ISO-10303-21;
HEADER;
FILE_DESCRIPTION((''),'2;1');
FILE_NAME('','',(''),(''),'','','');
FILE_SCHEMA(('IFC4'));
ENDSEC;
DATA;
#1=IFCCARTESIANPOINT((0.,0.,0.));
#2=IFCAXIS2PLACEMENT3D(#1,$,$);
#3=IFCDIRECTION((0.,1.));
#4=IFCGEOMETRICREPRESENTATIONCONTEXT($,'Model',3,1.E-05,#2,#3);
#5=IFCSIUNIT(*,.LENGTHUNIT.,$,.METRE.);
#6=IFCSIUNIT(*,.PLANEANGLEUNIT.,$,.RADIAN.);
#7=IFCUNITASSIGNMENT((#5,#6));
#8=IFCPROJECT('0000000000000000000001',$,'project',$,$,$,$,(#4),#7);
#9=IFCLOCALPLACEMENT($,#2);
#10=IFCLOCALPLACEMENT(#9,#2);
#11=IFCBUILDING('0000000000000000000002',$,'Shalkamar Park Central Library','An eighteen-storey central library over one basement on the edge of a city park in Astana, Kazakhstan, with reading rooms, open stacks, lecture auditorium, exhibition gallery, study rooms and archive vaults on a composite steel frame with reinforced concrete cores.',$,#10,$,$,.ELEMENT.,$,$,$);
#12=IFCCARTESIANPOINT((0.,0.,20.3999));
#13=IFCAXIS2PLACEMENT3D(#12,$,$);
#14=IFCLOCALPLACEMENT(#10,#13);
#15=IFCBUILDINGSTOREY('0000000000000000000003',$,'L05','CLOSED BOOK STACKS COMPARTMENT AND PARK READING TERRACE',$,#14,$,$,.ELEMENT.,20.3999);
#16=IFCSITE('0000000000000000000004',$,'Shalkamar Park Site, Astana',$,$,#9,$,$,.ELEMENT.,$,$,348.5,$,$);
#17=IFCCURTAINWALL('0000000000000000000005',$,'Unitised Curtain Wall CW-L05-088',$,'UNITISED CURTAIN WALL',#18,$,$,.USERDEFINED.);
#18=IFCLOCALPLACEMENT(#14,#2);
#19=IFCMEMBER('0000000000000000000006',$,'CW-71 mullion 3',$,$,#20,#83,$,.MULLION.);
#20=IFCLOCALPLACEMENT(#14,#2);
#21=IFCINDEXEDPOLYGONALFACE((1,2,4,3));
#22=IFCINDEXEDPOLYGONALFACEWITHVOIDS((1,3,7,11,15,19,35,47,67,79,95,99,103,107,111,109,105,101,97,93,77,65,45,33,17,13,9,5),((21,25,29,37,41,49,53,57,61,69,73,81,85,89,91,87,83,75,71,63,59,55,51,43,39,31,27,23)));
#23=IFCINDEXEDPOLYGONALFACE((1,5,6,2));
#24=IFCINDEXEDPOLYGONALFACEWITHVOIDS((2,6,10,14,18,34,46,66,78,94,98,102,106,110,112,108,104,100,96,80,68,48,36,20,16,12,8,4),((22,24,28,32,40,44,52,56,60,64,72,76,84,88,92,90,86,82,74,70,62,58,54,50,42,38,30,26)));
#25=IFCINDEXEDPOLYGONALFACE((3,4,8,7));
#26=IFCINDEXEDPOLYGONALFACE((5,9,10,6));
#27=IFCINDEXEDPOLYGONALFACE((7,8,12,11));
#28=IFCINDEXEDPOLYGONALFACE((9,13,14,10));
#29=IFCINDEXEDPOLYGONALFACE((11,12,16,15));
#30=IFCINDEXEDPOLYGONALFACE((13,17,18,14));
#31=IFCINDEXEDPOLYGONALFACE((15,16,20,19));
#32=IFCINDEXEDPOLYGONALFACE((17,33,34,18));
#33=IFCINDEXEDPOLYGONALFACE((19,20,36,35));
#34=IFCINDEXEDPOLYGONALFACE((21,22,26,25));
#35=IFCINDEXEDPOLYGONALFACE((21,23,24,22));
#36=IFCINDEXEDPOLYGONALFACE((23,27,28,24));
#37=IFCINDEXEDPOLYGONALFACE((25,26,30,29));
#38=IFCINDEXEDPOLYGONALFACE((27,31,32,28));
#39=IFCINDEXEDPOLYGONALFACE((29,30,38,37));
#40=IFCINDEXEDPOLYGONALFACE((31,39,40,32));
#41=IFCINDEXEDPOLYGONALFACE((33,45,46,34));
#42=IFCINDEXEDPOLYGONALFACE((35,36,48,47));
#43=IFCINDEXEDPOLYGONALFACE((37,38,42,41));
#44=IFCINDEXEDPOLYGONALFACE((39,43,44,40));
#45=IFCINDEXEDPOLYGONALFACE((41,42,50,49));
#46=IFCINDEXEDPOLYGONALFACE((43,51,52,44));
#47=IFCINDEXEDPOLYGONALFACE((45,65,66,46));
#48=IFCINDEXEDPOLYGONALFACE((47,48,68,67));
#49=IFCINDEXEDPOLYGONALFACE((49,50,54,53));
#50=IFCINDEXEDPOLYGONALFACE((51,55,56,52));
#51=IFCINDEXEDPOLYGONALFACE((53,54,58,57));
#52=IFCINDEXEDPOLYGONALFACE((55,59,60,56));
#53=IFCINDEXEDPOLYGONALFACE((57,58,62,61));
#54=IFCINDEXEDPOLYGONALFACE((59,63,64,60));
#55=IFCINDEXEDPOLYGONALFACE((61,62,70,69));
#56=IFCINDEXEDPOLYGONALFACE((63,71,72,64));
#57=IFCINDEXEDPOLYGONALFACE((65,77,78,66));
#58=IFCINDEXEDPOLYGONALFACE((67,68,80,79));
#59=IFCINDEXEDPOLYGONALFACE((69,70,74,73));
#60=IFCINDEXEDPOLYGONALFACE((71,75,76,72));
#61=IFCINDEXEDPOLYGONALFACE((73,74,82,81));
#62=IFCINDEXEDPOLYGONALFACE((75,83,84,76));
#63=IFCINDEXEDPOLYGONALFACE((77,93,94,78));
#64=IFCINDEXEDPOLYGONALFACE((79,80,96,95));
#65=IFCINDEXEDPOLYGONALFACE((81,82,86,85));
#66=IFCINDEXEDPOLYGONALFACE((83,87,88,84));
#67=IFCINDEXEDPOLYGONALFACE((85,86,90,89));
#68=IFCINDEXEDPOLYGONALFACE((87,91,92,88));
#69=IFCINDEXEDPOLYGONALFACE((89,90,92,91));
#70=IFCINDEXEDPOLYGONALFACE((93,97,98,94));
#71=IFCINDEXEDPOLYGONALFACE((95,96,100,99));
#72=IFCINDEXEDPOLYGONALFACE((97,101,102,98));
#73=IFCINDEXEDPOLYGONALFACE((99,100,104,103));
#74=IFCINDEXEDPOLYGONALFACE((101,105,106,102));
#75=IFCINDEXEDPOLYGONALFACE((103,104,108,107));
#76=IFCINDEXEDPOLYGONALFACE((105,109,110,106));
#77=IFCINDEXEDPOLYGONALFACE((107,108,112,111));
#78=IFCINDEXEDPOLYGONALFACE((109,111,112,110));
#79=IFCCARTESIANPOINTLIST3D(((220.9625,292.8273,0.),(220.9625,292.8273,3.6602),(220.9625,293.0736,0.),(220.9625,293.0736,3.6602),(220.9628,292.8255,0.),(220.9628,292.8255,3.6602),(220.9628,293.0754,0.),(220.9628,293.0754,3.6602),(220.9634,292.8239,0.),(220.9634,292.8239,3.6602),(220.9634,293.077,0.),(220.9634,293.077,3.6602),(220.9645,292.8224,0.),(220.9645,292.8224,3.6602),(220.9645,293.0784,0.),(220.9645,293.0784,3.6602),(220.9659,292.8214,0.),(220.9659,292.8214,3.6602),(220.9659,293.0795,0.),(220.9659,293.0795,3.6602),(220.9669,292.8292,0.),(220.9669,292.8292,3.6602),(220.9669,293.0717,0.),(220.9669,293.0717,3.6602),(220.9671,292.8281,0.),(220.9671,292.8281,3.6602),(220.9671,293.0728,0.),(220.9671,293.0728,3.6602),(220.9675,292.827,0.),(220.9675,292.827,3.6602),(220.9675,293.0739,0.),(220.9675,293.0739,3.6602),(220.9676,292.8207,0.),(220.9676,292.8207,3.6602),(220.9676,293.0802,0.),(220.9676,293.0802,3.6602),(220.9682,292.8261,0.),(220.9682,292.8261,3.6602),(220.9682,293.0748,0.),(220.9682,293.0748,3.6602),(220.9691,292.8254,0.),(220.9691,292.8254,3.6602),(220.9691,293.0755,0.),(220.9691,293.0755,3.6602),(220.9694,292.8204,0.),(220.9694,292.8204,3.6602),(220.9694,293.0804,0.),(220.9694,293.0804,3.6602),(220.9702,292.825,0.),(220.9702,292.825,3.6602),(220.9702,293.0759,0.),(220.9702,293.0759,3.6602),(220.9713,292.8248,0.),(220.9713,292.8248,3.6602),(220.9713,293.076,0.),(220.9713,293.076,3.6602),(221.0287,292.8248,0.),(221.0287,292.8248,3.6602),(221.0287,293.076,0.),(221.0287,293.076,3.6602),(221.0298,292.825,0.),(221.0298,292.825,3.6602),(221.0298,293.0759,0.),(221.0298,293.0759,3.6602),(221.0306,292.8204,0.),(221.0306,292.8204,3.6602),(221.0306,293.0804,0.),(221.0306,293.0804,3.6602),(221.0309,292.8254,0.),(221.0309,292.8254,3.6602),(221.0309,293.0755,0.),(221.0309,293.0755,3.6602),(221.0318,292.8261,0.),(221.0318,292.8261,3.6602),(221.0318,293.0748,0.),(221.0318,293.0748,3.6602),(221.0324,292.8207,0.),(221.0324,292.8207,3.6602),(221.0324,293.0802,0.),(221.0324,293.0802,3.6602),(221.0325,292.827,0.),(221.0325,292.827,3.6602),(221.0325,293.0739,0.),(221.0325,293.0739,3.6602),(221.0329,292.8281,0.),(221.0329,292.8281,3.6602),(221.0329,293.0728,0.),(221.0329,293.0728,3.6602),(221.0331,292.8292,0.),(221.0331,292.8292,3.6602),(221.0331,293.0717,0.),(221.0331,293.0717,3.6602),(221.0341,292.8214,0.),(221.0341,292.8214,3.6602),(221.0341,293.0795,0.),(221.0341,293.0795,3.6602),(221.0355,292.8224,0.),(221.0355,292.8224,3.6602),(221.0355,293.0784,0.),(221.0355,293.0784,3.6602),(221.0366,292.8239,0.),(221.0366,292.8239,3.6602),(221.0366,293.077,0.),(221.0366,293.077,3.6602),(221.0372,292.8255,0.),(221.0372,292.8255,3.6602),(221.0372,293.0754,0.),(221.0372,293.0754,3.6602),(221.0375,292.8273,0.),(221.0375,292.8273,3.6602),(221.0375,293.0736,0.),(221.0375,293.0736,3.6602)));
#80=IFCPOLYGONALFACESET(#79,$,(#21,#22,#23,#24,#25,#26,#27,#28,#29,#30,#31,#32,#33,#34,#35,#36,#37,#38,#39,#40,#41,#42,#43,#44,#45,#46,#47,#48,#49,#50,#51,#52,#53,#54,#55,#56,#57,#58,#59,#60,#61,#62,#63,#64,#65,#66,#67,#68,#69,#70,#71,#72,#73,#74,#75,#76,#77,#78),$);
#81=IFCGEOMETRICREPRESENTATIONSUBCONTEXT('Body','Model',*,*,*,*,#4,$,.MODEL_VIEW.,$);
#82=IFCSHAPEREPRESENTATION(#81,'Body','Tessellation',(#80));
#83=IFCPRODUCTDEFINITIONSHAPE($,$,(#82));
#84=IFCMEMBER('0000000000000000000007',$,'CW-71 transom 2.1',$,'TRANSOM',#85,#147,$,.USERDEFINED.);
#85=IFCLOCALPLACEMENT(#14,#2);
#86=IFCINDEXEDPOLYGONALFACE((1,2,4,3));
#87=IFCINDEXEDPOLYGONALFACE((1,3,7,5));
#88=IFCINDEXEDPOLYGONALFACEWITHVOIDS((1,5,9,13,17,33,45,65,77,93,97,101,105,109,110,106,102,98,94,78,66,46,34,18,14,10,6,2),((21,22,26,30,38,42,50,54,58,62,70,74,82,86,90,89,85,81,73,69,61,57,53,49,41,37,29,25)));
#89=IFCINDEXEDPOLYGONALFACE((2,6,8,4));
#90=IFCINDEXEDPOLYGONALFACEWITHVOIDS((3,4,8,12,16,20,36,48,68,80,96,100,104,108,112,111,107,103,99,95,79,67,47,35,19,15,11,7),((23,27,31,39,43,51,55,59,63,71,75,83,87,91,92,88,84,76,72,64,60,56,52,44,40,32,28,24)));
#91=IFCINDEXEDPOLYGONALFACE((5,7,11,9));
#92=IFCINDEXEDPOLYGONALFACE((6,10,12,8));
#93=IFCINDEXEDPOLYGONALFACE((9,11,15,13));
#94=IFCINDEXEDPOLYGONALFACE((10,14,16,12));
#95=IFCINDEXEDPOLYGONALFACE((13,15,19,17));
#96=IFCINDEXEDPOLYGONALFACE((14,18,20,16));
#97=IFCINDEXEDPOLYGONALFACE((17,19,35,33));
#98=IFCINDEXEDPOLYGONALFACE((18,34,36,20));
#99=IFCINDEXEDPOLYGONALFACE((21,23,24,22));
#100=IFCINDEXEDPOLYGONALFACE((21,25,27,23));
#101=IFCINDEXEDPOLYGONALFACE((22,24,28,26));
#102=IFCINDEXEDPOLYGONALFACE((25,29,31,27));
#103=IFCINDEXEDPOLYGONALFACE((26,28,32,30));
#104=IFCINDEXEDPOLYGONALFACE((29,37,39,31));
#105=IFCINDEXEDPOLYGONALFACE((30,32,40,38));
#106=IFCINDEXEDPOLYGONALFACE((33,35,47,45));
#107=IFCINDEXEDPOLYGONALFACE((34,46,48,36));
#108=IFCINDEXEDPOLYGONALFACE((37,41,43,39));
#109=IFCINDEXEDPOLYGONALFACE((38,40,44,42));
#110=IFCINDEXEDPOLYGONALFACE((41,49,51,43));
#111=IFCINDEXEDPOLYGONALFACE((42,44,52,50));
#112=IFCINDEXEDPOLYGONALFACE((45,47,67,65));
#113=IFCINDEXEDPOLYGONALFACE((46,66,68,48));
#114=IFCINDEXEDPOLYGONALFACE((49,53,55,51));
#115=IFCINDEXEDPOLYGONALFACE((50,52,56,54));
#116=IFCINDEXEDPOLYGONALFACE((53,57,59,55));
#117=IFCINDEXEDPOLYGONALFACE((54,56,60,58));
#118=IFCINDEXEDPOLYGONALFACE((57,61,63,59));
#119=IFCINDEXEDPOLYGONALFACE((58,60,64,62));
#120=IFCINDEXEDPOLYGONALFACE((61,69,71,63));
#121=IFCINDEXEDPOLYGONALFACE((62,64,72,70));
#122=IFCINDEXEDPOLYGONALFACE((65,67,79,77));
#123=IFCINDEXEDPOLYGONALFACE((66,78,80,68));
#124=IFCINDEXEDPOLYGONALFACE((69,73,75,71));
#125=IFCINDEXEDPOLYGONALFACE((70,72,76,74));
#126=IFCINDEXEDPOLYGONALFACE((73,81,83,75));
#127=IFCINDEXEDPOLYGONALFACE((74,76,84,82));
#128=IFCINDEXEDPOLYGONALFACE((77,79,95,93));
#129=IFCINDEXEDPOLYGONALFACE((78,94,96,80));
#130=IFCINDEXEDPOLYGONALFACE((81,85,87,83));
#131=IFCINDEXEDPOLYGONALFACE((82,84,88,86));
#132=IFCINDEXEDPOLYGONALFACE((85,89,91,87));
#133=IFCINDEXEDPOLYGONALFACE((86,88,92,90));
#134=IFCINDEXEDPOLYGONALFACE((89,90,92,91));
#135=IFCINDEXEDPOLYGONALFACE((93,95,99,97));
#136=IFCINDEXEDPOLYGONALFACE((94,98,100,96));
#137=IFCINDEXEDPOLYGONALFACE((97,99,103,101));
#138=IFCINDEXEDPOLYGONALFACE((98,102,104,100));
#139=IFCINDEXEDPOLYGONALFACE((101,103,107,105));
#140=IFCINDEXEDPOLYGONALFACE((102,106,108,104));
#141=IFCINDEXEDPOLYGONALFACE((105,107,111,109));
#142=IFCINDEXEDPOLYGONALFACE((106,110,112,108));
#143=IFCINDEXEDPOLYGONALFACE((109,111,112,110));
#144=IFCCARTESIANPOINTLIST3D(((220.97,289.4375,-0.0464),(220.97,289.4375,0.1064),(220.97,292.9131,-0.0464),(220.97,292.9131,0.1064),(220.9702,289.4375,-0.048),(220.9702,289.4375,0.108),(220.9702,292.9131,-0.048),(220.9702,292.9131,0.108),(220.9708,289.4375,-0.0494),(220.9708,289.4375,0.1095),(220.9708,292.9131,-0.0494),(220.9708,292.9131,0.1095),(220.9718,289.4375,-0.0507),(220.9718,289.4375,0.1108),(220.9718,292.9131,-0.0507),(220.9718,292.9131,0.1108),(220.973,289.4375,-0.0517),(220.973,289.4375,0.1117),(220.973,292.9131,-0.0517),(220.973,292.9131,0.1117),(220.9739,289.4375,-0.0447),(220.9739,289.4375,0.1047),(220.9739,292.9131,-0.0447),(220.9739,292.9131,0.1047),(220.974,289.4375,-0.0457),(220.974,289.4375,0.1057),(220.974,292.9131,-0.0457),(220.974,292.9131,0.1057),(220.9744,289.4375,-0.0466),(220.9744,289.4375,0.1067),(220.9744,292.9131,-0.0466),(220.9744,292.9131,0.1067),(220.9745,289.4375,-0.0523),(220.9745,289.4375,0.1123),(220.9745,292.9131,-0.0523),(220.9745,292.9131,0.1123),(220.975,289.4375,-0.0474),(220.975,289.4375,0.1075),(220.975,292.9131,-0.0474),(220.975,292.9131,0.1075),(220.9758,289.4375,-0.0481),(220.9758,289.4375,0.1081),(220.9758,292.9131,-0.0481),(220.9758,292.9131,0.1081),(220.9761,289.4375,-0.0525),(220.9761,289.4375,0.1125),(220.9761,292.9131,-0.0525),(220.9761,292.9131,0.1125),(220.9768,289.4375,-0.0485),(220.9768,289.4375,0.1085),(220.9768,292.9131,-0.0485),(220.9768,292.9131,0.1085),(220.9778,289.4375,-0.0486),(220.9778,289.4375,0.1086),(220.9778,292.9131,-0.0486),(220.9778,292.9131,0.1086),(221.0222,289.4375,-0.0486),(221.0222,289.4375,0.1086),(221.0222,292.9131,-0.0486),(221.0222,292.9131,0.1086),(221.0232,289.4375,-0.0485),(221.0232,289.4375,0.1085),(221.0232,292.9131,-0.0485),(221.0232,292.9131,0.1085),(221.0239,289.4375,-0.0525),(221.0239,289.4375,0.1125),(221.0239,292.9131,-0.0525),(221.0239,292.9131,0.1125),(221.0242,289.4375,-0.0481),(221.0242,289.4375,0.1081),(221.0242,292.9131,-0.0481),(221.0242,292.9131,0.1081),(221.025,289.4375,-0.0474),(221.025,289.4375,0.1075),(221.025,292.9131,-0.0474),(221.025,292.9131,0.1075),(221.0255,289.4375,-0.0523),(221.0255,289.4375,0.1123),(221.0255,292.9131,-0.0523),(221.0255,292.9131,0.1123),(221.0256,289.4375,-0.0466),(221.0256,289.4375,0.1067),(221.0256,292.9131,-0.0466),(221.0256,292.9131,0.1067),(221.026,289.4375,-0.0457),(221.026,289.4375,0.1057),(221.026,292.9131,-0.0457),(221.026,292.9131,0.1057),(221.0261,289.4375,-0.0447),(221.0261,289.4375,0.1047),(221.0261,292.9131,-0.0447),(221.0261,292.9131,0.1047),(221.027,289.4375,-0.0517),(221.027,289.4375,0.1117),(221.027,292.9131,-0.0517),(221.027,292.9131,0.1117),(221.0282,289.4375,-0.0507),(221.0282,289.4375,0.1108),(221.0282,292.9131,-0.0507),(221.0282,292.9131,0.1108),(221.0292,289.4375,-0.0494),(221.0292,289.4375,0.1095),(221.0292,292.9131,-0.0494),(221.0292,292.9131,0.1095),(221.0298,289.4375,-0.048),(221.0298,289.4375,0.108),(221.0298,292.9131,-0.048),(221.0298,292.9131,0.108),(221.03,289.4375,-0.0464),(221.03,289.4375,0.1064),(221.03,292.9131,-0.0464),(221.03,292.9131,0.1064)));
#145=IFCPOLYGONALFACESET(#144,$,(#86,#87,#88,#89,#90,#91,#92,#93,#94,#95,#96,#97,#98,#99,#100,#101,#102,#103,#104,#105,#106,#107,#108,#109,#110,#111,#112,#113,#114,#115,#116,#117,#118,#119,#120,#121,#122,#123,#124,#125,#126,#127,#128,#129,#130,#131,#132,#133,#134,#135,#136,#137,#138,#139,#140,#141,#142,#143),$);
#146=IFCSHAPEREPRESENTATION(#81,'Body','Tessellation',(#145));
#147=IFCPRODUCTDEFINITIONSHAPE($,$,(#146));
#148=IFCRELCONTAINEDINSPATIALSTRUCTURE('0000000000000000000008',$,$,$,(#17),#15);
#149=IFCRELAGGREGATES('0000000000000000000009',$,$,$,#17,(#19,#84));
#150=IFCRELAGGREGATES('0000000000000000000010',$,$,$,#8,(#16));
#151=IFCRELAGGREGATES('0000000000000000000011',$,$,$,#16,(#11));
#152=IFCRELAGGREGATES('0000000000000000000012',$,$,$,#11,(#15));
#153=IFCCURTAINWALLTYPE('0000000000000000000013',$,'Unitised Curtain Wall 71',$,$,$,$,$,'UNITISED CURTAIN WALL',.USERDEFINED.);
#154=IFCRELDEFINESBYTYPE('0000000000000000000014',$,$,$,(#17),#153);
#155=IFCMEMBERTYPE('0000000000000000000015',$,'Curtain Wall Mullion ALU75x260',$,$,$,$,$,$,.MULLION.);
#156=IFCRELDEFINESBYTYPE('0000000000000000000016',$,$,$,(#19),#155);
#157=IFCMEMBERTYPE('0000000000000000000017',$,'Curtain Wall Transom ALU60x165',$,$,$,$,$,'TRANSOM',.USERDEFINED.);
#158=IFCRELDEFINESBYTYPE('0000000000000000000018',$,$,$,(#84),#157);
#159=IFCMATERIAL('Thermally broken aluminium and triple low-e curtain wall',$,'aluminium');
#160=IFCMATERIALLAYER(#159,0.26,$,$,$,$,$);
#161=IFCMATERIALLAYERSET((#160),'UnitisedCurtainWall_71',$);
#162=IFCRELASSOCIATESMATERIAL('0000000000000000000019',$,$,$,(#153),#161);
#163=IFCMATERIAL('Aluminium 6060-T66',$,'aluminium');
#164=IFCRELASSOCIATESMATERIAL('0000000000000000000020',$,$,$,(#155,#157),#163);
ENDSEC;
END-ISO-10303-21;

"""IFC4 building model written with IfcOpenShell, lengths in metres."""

from ifc_helpers import new_model, si_unit, direction, frame, origin, origin_2d, place, context, subcontext, project, spatial, hollow_rectangle, extrude, material, layer, layer_set, material_profile, profile_set, type_object, element, aggregate, save


model = new_model("IFC4")

# Units and contexts
model_context = context("Model", 3, precision=1e-05, world=origin(), true_north=direction((0.0, 1.0)))
body_context = subcontext(model_context, "Body", "Model", "MODEL_VIEW")
ifc_project = project(units=[si_unit("LENGTHUNIT", "METRE"), si_unit("PLANEANGLEUNIT", "RADIAN")], contexts=[model_context])

# Site, building, storey
site_placement = place(None, origin())
site = spatial("IfcSite", under=ifc_project, at=site_placement, Name="Shalkamar Park Site, Astana", CompositionType="ELEMENT", RefElevation=348.5)
building_placement = place(site_placement, origin())
building = spatial("IfcBuilding", under=site, at=building_placement, Name="Shalkamar Park Central Library", Description="An eighteen-storey central library over one basement on the edge of a city park in Astana, Kazakhstan, with reading rooms, open stacks, lecture auditorium, exhibition gallery, study rooms and archive vaults on a composite steel frame with reinforced concrete cores.", CompositionType="ELEMENT")
storey_placement = place(building_placement, frame((0.0, 0.0, 20.3999)))
storey = spatial("IfcBuildingStorey", under=building, at=storey_placement, Name="L05", Description="CLOSED BOOK STACKS COMPARTMENT AND PARK READING TERRACE", CompositionType="ELEMENT", Elevation=20.3999)

# Curtain wall, members
ifc_material_1 = material(Name="Thermally broken aluminium and triple low-e curtain wall", Category="aluminium")
ifc_layer_1 = layer(ifc_material_1, 0.26)
ifc_layer_set_1 = layer_set([ifc_layer_1], Name="UnitisedCurtainWall_71")
curtain_wall_type = type_object("IfcCurtainWallType", Name="Unitised Curtain Wall 71", ElementType="UNITISED CURTAIN WALL", PredefinedType="USERDEFINED", material=ifc_layer_set_1)
curtain_wall_placement = place(storey_placement, origin())
curtain_wall = element("IfcCurtainWall", 1, at=curtain_wall_placement, inside=storey, type_object=curtain_wall_type, Name="Unitised Curtain Wall CW-L05-088", ObjectType="UNITISED CURTAIN WALL", PredefinedType="USERDEFINED")
ifc_material_2 = material(Name="Aluminium 6060-T66", Category="aluminium")
ifc_material_profile_1 = material_profile(ifc_material_2, hollow_rectangle(XDim=0.075, YDim=0.26, WallThickness=0.0044, InnerFilletRadius=0.0044, OuterFilletRadius=0.0068, at=origin_2d()), Name="ALU 75x260x4.5")
ifc_profile_set_1 = profile_set([ifc_material_profile_1], Name="Aluminium 6060-T66")
member_type_1 = type_object("IfcMemberType", Name="Curtain Wall Mullion ALU75x260", PredefinedType="MULLION", material=ifc_profile_set_1)
member_1_placement = place(storey_placement, frame((221.0, 292.9504, 0.0), z_axis=(0.0, 0.0, 1.0), x_axis=(-1.0, 0.0, 0.0)))
member_1 = element("IfcMember", 2, at=member_1_placement, type_object=member_type_1, Name="CW-71 mullion 3", PredefinedType="MULLION", context=body_context, shape_type="SweptSolid", body=[
    extrude(hollow_rectangle(XDim=0.075, YDim=0.26, WallThickness=0.0044, InnerFilletRadius=0.0044, OuterFilletRadius=0.0068, at=origin_2d()), origin(), (0.0, 0.0, 1.0), 3.6602),
])
ifc_material_profile_2 = material_profile(ifc_material_2, hollow_rectangle(XDim=0.0601, YDim=0.165, WallThickness=0.0039, InnerFilletRadius=0.0039, OuterFilletRadius=0.0061, at=origin_2d()), Name="ALU 60x165x4")
ifc_profile_set_2 = profile_set([ifc_material_profile_2], Name="Aluminium 6060-T66")
member_type_2 = type_object("IfcMemberType", Name="Curtain Wall Transom ALU60x165", ElementType="TRANSOM", PredefinedType="USERDEFINED", material=ifc_profile_set_2)
member_2_placement = place(storey_placement, frame((221.0, 289.4375, 0.03), z_axis=(0.0, 1.0, 0.0), x_axis=(-1.0, 0.0, 0.0)))
member_2 = element("IfcMember", 3, at=member_2_placement, type_object=member_type_2, Name="CW-71 transom 2.1", ObjectType="TRANSOM", PredefinedType="USERDEFINED", context=body_context, shape_type="SweptSolid", body=[
    extrude(hollow_rectangle(XDim=0.0601, YDim=0.165, WallThickness=0.0039, InnerFilletRadius=0.0039, OuterFilletRadius=0.0061, at=origin_2d()), origin(), (0.0, 0.0, 1.0), 3.4756),
])

aggregate(curtain_wall, [member_1, member_2])

save(model, "model.ifc")
